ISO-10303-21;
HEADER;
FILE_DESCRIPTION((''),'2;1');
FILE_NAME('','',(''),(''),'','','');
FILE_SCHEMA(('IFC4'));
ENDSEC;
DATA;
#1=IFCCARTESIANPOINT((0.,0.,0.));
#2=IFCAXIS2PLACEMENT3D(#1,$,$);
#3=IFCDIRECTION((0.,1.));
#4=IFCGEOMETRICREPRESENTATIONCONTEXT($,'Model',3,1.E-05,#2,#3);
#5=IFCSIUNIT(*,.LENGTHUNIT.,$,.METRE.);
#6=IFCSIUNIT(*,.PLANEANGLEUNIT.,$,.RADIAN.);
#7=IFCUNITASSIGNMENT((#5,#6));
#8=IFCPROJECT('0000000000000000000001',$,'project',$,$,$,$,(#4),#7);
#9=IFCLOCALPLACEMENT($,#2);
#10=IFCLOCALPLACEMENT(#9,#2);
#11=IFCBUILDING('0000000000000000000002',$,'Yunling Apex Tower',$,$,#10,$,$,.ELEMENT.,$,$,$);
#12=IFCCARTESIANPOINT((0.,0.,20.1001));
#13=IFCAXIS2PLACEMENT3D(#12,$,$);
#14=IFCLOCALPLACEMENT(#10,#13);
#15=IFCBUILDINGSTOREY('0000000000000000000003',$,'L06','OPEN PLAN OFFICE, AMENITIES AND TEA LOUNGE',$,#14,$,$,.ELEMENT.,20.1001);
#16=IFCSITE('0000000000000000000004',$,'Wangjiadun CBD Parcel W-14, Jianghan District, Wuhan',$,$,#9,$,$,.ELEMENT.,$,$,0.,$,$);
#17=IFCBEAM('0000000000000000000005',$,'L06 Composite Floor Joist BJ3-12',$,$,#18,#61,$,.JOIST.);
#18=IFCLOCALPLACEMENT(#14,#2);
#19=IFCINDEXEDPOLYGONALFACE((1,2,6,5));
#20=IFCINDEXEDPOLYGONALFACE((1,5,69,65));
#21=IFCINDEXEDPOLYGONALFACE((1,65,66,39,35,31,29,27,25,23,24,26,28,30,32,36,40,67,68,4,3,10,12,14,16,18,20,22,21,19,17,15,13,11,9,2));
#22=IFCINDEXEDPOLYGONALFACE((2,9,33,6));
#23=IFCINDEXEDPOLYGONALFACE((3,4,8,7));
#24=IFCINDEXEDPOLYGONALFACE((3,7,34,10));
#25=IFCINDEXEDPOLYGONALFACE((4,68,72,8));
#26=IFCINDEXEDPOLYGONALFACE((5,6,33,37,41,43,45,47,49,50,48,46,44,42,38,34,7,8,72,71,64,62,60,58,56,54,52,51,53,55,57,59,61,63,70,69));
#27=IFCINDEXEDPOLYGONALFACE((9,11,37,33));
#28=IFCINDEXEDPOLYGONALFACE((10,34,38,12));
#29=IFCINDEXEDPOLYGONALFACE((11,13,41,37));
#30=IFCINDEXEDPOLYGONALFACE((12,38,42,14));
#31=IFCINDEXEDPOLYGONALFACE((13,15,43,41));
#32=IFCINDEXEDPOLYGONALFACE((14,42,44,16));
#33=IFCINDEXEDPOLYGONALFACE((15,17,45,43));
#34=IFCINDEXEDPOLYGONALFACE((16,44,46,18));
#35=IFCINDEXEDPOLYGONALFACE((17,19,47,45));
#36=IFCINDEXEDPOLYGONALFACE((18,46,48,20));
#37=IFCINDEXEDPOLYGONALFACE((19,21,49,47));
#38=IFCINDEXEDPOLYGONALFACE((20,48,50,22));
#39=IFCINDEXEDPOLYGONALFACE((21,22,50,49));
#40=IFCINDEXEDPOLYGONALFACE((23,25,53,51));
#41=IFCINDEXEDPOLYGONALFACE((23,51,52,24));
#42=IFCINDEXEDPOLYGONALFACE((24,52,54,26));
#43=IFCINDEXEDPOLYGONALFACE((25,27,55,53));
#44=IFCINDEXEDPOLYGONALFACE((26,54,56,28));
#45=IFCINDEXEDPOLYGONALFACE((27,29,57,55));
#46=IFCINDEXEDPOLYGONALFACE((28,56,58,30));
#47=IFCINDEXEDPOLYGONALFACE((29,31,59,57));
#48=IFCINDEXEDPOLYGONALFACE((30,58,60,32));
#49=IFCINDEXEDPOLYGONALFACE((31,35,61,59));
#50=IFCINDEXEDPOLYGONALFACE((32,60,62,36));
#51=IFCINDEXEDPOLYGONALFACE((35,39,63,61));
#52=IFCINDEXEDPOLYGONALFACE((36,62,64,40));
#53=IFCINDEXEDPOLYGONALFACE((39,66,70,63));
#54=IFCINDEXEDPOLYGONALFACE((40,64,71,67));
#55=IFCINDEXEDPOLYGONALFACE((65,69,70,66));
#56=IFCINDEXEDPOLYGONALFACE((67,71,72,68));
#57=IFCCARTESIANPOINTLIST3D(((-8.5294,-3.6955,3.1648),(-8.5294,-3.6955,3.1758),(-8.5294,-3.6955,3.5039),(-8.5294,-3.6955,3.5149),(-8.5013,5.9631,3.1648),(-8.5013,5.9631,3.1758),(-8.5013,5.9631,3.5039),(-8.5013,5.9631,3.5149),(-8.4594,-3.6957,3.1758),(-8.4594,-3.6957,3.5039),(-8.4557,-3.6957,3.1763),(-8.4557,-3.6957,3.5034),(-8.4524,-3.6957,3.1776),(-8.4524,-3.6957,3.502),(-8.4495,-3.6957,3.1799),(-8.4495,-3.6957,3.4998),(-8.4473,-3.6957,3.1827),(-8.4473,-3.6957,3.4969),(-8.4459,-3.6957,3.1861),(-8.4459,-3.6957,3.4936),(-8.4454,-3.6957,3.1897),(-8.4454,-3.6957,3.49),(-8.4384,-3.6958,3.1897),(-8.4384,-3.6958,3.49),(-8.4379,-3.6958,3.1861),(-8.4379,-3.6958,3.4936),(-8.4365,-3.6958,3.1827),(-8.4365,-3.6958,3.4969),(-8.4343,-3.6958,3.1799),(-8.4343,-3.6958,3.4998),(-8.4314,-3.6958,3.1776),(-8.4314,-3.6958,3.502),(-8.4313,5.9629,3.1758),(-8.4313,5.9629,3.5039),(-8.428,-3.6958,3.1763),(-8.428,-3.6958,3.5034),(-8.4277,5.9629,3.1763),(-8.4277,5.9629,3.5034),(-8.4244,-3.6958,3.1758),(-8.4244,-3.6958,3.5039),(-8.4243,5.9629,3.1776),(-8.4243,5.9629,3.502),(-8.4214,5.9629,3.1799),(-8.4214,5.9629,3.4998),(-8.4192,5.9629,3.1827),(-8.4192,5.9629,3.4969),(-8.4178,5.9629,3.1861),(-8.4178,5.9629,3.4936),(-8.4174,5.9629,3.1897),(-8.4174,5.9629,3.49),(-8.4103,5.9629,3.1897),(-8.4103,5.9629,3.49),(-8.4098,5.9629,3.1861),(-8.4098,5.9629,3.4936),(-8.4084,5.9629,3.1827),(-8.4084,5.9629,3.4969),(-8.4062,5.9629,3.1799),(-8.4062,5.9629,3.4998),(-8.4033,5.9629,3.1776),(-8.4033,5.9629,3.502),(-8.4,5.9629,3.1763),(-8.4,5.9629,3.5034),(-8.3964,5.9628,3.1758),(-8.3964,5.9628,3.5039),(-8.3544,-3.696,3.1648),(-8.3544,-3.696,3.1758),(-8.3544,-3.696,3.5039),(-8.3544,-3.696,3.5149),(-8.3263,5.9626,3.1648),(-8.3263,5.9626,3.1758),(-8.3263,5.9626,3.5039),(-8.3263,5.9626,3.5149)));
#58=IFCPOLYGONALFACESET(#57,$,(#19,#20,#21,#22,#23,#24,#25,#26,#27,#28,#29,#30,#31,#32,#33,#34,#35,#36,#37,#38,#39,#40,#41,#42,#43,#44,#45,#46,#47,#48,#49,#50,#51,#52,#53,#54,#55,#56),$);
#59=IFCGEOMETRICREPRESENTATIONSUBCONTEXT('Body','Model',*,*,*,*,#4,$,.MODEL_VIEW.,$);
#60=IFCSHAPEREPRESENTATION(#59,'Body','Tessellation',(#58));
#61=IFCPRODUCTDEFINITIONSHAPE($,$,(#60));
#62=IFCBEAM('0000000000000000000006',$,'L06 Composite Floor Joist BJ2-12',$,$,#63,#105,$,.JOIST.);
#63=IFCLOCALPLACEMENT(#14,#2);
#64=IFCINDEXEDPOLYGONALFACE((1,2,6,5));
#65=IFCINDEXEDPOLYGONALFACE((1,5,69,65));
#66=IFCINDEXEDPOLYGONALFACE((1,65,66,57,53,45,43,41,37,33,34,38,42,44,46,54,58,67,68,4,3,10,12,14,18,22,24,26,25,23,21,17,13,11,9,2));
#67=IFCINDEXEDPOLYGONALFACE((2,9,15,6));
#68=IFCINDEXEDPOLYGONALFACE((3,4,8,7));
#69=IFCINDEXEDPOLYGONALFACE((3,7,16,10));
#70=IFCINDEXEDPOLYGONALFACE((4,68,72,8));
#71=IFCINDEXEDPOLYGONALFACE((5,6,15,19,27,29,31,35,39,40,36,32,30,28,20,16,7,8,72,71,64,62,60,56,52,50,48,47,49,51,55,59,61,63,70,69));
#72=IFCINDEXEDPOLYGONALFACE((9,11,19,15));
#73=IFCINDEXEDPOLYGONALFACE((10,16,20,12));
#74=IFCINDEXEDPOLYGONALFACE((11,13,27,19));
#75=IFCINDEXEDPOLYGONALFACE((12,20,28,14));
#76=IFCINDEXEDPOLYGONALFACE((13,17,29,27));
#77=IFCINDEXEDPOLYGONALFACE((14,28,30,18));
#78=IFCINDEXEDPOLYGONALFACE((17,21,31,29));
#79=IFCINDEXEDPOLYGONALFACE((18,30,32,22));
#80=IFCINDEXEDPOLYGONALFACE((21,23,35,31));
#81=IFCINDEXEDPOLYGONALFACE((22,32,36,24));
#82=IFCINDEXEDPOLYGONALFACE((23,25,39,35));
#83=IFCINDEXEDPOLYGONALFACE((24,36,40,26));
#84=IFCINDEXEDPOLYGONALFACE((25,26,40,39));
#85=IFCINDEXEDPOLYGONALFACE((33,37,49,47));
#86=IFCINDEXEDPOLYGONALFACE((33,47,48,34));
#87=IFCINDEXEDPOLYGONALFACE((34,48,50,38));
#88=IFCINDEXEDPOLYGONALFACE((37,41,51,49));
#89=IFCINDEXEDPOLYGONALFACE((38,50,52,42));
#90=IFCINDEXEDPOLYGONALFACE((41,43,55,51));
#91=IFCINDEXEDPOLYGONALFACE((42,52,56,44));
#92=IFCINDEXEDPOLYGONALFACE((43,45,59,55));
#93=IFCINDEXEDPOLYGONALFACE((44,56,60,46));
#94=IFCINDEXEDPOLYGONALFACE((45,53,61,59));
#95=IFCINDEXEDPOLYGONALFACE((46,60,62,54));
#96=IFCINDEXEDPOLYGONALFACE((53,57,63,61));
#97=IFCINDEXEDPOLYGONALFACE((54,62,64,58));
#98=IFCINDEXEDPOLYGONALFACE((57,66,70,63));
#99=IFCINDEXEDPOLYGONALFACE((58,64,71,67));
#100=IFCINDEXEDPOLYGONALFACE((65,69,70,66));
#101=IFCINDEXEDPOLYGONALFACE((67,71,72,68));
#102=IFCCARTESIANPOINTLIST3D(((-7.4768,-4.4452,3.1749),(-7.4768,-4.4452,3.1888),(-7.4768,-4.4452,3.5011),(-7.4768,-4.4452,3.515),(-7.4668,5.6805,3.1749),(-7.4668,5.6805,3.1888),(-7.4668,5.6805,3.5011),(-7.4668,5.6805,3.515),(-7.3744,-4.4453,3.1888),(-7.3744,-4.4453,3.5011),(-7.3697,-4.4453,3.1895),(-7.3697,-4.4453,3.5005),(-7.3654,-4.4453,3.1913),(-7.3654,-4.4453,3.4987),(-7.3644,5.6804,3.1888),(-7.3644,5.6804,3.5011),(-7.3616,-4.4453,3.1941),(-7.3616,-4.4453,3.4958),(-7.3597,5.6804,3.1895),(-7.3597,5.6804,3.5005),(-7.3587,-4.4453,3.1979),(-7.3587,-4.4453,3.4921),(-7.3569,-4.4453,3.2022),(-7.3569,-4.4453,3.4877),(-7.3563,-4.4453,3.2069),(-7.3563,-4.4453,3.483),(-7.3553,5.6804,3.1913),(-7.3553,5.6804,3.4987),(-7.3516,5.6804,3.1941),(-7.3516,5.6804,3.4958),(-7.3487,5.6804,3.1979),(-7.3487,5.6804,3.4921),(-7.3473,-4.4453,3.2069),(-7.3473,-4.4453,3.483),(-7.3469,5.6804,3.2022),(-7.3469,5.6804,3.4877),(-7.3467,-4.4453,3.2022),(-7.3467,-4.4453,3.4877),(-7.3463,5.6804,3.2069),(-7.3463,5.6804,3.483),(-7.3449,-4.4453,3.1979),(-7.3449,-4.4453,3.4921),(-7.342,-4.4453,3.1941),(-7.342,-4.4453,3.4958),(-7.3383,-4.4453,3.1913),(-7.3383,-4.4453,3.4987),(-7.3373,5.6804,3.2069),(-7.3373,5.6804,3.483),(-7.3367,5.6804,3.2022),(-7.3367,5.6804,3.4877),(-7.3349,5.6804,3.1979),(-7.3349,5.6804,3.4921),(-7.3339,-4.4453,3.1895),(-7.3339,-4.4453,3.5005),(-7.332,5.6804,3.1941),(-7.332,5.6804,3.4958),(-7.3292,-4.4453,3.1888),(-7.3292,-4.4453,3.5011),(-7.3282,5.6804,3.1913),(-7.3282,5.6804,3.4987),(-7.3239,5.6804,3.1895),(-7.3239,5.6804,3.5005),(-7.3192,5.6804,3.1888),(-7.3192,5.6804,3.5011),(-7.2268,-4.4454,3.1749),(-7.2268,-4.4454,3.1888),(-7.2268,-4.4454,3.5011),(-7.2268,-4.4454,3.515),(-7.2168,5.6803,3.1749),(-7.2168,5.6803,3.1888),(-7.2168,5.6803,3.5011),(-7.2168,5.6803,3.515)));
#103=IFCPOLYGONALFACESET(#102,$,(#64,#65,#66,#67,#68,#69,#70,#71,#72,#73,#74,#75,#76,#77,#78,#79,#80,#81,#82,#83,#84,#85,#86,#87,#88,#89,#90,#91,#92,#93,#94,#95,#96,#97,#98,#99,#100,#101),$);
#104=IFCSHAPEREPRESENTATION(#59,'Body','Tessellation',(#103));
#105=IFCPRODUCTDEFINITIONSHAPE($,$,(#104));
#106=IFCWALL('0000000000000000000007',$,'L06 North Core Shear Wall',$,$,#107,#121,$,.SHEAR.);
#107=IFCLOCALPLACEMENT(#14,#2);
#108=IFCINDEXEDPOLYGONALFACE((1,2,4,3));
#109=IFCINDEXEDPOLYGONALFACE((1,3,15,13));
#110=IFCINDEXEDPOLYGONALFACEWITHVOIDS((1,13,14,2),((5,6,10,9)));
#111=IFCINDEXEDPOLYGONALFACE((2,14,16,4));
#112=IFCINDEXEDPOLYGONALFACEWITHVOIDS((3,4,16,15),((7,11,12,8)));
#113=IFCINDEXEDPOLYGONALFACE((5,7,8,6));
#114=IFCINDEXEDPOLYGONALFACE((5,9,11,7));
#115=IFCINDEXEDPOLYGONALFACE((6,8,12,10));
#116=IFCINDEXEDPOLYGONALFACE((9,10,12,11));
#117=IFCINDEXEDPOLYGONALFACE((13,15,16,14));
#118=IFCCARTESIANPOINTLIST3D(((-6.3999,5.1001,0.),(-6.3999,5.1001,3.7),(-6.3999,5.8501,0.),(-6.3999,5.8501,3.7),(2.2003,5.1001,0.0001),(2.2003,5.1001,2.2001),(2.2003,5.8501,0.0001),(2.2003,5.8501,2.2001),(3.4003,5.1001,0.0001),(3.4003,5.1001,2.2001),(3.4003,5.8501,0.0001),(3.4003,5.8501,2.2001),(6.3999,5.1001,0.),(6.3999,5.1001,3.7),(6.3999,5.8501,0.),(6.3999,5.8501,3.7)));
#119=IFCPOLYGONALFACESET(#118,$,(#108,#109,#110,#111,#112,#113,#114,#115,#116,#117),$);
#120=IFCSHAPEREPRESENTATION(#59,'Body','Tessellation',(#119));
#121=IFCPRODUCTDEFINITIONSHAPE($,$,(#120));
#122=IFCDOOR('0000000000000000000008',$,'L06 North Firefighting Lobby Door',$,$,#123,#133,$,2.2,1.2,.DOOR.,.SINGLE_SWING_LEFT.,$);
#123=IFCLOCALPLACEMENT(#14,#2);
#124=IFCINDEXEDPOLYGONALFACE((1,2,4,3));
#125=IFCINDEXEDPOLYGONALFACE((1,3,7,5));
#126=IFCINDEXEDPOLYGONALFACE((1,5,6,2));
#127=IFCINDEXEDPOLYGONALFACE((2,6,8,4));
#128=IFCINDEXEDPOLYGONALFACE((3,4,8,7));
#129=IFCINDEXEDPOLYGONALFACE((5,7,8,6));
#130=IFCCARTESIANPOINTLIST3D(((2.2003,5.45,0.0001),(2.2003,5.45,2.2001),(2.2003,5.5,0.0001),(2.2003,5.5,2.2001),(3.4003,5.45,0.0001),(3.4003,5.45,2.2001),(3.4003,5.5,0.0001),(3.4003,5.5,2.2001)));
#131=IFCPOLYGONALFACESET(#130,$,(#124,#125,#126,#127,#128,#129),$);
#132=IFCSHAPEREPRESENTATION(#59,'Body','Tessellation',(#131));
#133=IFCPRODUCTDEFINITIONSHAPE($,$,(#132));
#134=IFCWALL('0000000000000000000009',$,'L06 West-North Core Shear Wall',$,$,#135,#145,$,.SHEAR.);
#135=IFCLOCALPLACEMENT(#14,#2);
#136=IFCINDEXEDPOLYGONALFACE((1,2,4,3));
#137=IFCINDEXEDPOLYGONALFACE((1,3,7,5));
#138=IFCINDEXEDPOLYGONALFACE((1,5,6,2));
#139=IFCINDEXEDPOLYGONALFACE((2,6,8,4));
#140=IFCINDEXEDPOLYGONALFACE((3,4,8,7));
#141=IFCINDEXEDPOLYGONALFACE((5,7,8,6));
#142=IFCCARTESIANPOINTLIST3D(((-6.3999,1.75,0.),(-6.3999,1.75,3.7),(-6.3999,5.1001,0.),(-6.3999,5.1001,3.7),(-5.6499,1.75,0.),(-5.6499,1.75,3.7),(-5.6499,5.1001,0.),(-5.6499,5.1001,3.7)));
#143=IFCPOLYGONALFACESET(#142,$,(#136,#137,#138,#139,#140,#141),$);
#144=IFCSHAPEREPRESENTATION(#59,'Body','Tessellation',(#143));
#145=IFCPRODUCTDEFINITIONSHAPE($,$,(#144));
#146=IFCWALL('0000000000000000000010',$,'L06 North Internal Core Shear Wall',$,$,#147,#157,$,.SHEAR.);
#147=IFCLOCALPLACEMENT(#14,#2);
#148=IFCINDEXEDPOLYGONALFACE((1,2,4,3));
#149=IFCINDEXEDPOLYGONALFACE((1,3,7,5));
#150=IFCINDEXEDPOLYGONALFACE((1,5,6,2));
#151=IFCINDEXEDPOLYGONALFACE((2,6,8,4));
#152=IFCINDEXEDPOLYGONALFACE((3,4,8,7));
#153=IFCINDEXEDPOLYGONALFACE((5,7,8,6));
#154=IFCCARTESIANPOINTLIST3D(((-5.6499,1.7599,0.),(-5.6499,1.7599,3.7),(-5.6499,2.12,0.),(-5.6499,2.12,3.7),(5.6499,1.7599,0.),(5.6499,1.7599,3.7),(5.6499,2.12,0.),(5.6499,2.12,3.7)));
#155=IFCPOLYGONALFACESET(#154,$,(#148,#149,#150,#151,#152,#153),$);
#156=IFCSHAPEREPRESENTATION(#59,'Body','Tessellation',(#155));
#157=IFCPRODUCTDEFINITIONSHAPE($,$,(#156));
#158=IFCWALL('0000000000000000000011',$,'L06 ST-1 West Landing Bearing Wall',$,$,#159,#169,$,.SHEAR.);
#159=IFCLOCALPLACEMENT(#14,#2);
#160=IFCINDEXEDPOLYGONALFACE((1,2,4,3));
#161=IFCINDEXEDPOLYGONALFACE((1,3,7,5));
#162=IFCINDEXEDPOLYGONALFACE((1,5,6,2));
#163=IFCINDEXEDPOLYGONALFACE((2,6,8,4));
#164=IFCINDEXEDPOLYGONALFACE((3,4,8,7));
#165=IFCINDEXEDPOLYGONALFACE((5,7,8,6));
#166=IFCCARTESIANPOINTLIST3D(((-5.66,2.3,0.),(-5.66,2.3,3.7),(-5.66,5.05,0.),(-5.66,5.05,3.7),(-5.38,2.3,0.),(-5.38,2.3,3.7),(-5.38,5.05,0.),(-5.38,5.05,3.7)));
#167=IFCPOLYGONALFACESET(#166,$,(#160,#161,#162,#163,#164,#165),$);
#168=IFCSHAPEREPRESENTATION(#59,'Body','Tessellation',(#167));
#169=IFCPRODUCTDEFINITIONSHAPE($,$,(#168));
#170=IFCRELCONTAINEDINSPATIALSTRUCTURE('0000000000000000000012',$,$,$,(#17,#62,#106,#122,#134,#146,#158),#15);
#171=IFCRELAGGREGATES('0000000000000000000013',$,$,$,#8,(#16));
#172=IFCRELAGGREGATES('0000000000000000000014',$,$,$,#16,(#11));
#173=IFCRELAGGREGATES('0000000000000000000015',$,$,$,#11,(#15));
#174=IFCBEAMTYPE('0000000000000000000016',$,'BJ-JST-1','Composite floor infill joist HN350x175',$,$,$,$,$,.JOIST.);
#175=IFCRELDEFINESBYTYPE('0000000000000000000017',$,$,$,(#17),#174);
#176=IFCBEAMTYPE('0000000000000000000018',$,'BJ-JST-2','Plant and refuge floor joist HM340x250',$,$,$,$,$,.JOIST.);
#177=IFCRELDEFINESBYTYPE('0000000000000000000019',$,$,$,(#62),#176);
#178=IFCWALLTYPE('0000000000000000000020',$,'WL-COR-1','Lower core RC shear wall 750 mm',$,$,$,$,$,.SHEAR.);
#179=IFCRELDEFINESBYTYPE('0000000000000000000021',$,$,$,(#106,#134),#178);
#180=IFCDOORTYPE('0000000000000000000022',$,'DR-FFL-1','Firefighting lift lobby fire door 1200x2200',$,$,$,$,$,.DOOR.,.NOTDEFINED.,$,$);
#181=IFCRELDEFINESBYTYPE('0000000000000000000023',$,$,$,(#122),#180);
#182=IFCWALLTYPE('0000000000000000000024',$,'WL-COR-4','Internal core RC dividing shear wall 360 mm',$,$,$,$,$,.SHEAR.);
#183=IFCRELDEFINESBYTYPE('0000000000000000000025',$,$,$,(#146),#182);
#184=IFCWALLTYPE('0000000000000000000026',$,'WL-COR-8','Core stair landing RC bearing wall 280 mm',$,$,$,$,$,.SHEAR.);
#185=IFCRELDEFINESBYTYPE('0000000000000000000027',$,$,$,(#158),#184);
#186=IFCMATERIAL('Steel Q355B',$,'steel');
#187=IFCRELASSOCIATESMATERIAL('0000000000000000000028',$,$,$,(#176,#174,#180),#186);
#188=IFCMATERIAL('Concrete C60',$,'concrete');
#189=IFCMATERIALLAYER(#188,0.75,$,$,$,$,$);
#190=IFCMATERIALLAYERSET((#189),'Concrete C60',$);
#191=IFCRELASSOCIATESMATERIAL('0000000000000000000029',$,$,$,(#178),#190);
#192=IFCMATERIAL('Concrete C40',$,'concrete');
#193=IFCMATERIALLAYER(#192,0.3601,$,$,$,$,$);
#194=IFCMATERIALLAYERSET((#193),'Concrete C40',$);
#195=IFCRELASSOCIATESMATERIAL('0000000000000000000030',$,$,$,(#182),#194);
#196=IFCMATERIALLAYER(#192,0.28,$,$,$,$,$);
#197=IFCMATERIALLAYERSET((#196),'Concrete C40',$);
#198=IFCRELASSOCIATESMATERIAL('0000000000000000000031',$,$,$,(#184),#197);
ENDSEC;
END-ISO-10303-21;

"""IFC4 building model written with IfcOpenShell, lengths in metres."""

from ifc_helpers import new_model, si_unit, direction, frame, frame_2d, origin, origin_2d, place, context, subcontext, project, spatial, rectangle, i_section, extrude, source, transform, mapped, material, layer, layer_set, material_profile, profile_set, type_object, element, fill, save


model = new_model("IFC4")

# Units and contexts
model_context = context("Model", 3, precision=1e-05, world=origin(), true_north=direction((0.0, 1.0)))
body_context = subcontext(model_context, "Body", "Model", "MODEL_VIEW")
ifc_project = project(units=[si_unit("LENGTHUNIT", "METRE"), si_unit("PLANEANGLEUNIT", "RADIAN")], contexts=[model_context])

# Site, building, storey
site_placement = place(None, origin())
site = spatial("IfcSite", under=ifc_project, at=site_placement, Name="Wangjiadun CBD Parcel W-14, Jianghan District, Wuhan", CompositionType="ELEMENT", RefElevation=0.0)
building_placement = place(site_placement, origin())
building = spatial("IfcBuilding", under=site, at=building_placement, Name="Yunling Apex Tower", CompositionType="ELEMENT")
storey_placement = place(building_placement, frame((0.0, 0.0, 20.1001)))
storey = spatial("IfcBuildingStorey", under=building, at=storey_placement, Name="L06", Description="OPEN PLAN OFFICE, AMENITIES AND TEA LOUNGE", CompositionType="ELEMENT", Elevation=20.1001)

# Shared definitions
ifc_material_1 = material(Name="Concrete C60", Category="concrete")

# Beams
ifc_material_2 = material(Name="Steel Q355B", Category="steel")
ifc_material_profile_1 = material_profile(ifc_material_2, i_section(OverallWidth=0.25, OverallDepth=0.3401, WebThickness=0.009, FlangeThickness=0.0139, FilletRadius=0.0181, at=origin_2d()))
ifc_profile_set_1 = profile_set([ifc_material_profile_1], Name="Steel Q355B")
beam_type_1 = type_object("IfcBeamType", Name="BJ-JST-2", Description="Plant and refuge floor joist HM340x250", PredefinedType="JOIST", material=ifc_profile_set_1)
ifc_material_profile_2 = material_profile(ifc_material_2, i_section(OverallWidth=0.175, OverallDepth=0.3501, WebThickness=0.0071, FlangeThickness=0.011, FilletRadius=0.0139, at=origin_2d()))
ifc_profile_set_2 = profile_set([ifc_material_profile_2], Name="Steel Q355B")
beam_type_2 = type_object("IfcBeamType", Name="BJ-JST-1", Description="Composite floor infill joist HN350x175", PredefinedType="JOIST", material=ifc_profile_set_2)
shared_shape_1 = source(origin(), body_context, "Body", "SweptSolid", [
    extrude(i_section(OverallWidth=0.175, OverallDepth=0.3501, WebThickness=0.0071, FlangeThickness=0.011, FilletRadius=0.0139, at=origin_2d()), origin(), (0.0, 0.0, 1.0), 9.6587),
])
beam_1_placement = place(storey_placement, frame((-8.4138, 5.9629, 3.3398), z_axis=(-0.002907, -0.999996, 0.0), x_axis=(0.999996, -0.002907, 0.0)))
element("IfcBeam", 1, at=beam_1_placement, inside=storey, type_object=beam_type_2, Name="L06 Composite Floor Joist BJ3-12", PredefinedType="JOIST", context=body_context, shape_type="MappedRepresentation", body=[
    mapped(shared_shape_1, transform((0.0, 0.0, 0.0), scale=1.0)),
])
shared_shape_2 = source(origin(), body_context, "Body", "SweptSolid", [
    extrude(i_section(OverallWidth=0.25, OverallDepth=0.3401, WebThickness=0.009, FlangeThickness=0.0139, FilletRadius=0.0181, at=origin_2d()), origin(), (0.0, 0.0, 1.0), 10.1257),
])
beam_2_placement = place(storey_placement, frame((-7.3418, 5.6804, 3.345), z_axis=(-0.000989, -1.0, 0.0), x_axis=(1.0, -0.000989, 0.0)))
element("IfcBeam", 2, at=beam_2_placement, inside=storey, type_object=beam_type_1, Name="L06 Composite Floor Joist BJ2-12", PredefinedType="JOIST", context=body_context, shape_type="MappedRepresentation", body=[
    mapped(shared_shape_2, transform((0.0, 0.0, 0.0), scale=1.0)),
])

# Wall, opening, door
ifc_layer_1 = layer(ifc_material_1, 0.75)
ifc_layer_set_1 = layer_set([ifc_layer_1], Name="Concrete C60")
wall_type_1 = type_object("IfcWallType", Name="WL-COR-1", Description="Lower core RC shear wall 750 mm", PredefinedType="SHEAR", material=ifc_layer_set_1)
wall_1_placement = place(storey_placement, frame((-6.3999, 5.4751, 0.0), z_axis=(0.0, 0.0, 1.0), x_axis=(1.0, 0.0, 0.0)))
wall_1 = element("IfcWall", 3, at=wall_1_placement, inside=storey, type_object=wall_type_1, Name="L06 North Core Shear Wall", PredefinedType="SHEAR", context=body_context, shape_type="SweptSolid", body=[
    extrude(rectangle(XDim=12.7998, YDim=0.75, at=frame_2d((6.3999, 0.0))), origin(), (0.0, 0.0, 1.0), 3.7),
])
opening_1_placement = place(wall_1_placement, frame((8.6001, 0.0, 0.0)))
opening_1 = element("IfcOpeningElement", 4, at=opening_1_placement, cuts=wall_1, PredefinedType="OPENING", context=body_context, shape_type="SweptSolid", body=[
    extrude(rectangle(XDim=1.2, YDim=2.2, at=frame_2d((0.6001, 1.1001))), frame((0.0, 0.385, 0.0), z_axis=(0.0, -1.0, 0.0), x_axis=(1.0, 0.0, 0.0)), (0.0, 0.0, 1.0), 0.77),
])
door_type_1 = type_object("IfcDoorType", Name="DR-FFL-1", Description="Firefighting lift lobby fire door 1200x2200", OperationType="NOTDEFINED", PredefinedType="DOOR", material=ifc_material_2)
door_1_placement = place(opening_1_placement, origin())
door_1 = element("IfcDoor", 5, at=door_1_placement, inside=storey, type_object=door_type_1, Name="L06 North Firefighting Lobby Door", OperationType="SINGLE_SWING_LEFT", OverallHeight=2.2, OverallWidth=1.2, PredefinedType="DOOR", context=body_context, shape_type="SweptSolid", body=[
    extrude(rectangle(XDim=1.2, YDim=2.2, at=frame_2d((0.6001, 1.1001))), frame((0.0, 0.0249, 0.0), z_axis=(0.0, -1.0, 0.0), x_axis=(1.0, 0.0, 0.0)), (0.0, 0.0, 1.0), 0.05),
])
fill(opening_1, door_1)

# Walls
wall_2_placement = place(storey_placement, frame((-6.0249, 1.75, 0.0), z_axis=(0.0, 0.0, 1.0), x_axis=(0.0, 1.0, 0.0)))
element("IfcWall", 6, at=wall_2_placement, inside=storey, type_object=wall_type_1, Name="L06 West-North Core Shear Wall", PredefinedType="SHEAR", context=body_context, shape_type="SweptSolid", body=[
    extrude(rectangle(XDim=3.3501, YDim=0.75, at=frame_2d((1.675, 0.0))), origin(), (0.0, 0.0, 1.0), 3.7),
])
ifc_material_3 = material(Name="Concrete C40", Category="concrete")
ifc_layer_2 = layer(ifc_material_3, 0.3601)
ifc_layer_set_2 = layer_set([ifc_layer_2], Name="Concrete C40")
wall_type_2 = type_object("IfcWallType", Name="WL-COR-4", Description="Internal core RC dividing shear wall 360 mm", PredefinedType="SHEAR", material=ifc_layer_set_2)
wall_3_placement = place(storey_placement, frame((-5.6499, 1.9399, 0.0), z_axis=(0.0, 0.0, 1.0), x_axis=(1.0, 0.0, 0.0)))
element("IfcWall", 7, at=wall_3_placement, inside=storey, type_object=wall_type_2, Name="L06 North Internal Core Shear Wall", PredefinedType="SHEAR", context=body_context, shape_type="SweptSolid", body=[
    extrude(rectangle(XDim=11.2998, YDim=0.3601, at=frame_2d((5.6499, 0.0))), origin(), (0.0, 0.0, 1.0), 3.7),
])
ifc_layer_3 = layer(ifc_material_3, 0.28)
ifc_layer_set_3 = layer_set([ifc_layer_3], Name="Concrete C40")
wall_type_3 = type_object("IfcWallType", Name="WL-COR-8", Description="Core stair landing RC bearing wall 280 mm", PredefinedType="SHEAR", material=ifc_layer_set_3)
wall_4_placement = place(storey_placement, frame((-5.52, 2.3, 0.0), z_axis=(0.0, 0.0, 1.0), x_axis=(0.0, 1.0, 0.0)))
element("IfcWall", 8, at=wall_4_placement, inside=storey, type_object=wall_type_3, Name="L06 ST-1 West Landing Bearing Wall", PredefinedType="SHEAR", context=body_context, shape_type="SweptSolid", body=[
    extrude(rectangle(XDim=2.75, YDim=0.28, at=frame_2d((1.375, 0.0))), origin(), (0.0, 0.0, 1.0), 3.7),
])

save(model, "model.ifc")
